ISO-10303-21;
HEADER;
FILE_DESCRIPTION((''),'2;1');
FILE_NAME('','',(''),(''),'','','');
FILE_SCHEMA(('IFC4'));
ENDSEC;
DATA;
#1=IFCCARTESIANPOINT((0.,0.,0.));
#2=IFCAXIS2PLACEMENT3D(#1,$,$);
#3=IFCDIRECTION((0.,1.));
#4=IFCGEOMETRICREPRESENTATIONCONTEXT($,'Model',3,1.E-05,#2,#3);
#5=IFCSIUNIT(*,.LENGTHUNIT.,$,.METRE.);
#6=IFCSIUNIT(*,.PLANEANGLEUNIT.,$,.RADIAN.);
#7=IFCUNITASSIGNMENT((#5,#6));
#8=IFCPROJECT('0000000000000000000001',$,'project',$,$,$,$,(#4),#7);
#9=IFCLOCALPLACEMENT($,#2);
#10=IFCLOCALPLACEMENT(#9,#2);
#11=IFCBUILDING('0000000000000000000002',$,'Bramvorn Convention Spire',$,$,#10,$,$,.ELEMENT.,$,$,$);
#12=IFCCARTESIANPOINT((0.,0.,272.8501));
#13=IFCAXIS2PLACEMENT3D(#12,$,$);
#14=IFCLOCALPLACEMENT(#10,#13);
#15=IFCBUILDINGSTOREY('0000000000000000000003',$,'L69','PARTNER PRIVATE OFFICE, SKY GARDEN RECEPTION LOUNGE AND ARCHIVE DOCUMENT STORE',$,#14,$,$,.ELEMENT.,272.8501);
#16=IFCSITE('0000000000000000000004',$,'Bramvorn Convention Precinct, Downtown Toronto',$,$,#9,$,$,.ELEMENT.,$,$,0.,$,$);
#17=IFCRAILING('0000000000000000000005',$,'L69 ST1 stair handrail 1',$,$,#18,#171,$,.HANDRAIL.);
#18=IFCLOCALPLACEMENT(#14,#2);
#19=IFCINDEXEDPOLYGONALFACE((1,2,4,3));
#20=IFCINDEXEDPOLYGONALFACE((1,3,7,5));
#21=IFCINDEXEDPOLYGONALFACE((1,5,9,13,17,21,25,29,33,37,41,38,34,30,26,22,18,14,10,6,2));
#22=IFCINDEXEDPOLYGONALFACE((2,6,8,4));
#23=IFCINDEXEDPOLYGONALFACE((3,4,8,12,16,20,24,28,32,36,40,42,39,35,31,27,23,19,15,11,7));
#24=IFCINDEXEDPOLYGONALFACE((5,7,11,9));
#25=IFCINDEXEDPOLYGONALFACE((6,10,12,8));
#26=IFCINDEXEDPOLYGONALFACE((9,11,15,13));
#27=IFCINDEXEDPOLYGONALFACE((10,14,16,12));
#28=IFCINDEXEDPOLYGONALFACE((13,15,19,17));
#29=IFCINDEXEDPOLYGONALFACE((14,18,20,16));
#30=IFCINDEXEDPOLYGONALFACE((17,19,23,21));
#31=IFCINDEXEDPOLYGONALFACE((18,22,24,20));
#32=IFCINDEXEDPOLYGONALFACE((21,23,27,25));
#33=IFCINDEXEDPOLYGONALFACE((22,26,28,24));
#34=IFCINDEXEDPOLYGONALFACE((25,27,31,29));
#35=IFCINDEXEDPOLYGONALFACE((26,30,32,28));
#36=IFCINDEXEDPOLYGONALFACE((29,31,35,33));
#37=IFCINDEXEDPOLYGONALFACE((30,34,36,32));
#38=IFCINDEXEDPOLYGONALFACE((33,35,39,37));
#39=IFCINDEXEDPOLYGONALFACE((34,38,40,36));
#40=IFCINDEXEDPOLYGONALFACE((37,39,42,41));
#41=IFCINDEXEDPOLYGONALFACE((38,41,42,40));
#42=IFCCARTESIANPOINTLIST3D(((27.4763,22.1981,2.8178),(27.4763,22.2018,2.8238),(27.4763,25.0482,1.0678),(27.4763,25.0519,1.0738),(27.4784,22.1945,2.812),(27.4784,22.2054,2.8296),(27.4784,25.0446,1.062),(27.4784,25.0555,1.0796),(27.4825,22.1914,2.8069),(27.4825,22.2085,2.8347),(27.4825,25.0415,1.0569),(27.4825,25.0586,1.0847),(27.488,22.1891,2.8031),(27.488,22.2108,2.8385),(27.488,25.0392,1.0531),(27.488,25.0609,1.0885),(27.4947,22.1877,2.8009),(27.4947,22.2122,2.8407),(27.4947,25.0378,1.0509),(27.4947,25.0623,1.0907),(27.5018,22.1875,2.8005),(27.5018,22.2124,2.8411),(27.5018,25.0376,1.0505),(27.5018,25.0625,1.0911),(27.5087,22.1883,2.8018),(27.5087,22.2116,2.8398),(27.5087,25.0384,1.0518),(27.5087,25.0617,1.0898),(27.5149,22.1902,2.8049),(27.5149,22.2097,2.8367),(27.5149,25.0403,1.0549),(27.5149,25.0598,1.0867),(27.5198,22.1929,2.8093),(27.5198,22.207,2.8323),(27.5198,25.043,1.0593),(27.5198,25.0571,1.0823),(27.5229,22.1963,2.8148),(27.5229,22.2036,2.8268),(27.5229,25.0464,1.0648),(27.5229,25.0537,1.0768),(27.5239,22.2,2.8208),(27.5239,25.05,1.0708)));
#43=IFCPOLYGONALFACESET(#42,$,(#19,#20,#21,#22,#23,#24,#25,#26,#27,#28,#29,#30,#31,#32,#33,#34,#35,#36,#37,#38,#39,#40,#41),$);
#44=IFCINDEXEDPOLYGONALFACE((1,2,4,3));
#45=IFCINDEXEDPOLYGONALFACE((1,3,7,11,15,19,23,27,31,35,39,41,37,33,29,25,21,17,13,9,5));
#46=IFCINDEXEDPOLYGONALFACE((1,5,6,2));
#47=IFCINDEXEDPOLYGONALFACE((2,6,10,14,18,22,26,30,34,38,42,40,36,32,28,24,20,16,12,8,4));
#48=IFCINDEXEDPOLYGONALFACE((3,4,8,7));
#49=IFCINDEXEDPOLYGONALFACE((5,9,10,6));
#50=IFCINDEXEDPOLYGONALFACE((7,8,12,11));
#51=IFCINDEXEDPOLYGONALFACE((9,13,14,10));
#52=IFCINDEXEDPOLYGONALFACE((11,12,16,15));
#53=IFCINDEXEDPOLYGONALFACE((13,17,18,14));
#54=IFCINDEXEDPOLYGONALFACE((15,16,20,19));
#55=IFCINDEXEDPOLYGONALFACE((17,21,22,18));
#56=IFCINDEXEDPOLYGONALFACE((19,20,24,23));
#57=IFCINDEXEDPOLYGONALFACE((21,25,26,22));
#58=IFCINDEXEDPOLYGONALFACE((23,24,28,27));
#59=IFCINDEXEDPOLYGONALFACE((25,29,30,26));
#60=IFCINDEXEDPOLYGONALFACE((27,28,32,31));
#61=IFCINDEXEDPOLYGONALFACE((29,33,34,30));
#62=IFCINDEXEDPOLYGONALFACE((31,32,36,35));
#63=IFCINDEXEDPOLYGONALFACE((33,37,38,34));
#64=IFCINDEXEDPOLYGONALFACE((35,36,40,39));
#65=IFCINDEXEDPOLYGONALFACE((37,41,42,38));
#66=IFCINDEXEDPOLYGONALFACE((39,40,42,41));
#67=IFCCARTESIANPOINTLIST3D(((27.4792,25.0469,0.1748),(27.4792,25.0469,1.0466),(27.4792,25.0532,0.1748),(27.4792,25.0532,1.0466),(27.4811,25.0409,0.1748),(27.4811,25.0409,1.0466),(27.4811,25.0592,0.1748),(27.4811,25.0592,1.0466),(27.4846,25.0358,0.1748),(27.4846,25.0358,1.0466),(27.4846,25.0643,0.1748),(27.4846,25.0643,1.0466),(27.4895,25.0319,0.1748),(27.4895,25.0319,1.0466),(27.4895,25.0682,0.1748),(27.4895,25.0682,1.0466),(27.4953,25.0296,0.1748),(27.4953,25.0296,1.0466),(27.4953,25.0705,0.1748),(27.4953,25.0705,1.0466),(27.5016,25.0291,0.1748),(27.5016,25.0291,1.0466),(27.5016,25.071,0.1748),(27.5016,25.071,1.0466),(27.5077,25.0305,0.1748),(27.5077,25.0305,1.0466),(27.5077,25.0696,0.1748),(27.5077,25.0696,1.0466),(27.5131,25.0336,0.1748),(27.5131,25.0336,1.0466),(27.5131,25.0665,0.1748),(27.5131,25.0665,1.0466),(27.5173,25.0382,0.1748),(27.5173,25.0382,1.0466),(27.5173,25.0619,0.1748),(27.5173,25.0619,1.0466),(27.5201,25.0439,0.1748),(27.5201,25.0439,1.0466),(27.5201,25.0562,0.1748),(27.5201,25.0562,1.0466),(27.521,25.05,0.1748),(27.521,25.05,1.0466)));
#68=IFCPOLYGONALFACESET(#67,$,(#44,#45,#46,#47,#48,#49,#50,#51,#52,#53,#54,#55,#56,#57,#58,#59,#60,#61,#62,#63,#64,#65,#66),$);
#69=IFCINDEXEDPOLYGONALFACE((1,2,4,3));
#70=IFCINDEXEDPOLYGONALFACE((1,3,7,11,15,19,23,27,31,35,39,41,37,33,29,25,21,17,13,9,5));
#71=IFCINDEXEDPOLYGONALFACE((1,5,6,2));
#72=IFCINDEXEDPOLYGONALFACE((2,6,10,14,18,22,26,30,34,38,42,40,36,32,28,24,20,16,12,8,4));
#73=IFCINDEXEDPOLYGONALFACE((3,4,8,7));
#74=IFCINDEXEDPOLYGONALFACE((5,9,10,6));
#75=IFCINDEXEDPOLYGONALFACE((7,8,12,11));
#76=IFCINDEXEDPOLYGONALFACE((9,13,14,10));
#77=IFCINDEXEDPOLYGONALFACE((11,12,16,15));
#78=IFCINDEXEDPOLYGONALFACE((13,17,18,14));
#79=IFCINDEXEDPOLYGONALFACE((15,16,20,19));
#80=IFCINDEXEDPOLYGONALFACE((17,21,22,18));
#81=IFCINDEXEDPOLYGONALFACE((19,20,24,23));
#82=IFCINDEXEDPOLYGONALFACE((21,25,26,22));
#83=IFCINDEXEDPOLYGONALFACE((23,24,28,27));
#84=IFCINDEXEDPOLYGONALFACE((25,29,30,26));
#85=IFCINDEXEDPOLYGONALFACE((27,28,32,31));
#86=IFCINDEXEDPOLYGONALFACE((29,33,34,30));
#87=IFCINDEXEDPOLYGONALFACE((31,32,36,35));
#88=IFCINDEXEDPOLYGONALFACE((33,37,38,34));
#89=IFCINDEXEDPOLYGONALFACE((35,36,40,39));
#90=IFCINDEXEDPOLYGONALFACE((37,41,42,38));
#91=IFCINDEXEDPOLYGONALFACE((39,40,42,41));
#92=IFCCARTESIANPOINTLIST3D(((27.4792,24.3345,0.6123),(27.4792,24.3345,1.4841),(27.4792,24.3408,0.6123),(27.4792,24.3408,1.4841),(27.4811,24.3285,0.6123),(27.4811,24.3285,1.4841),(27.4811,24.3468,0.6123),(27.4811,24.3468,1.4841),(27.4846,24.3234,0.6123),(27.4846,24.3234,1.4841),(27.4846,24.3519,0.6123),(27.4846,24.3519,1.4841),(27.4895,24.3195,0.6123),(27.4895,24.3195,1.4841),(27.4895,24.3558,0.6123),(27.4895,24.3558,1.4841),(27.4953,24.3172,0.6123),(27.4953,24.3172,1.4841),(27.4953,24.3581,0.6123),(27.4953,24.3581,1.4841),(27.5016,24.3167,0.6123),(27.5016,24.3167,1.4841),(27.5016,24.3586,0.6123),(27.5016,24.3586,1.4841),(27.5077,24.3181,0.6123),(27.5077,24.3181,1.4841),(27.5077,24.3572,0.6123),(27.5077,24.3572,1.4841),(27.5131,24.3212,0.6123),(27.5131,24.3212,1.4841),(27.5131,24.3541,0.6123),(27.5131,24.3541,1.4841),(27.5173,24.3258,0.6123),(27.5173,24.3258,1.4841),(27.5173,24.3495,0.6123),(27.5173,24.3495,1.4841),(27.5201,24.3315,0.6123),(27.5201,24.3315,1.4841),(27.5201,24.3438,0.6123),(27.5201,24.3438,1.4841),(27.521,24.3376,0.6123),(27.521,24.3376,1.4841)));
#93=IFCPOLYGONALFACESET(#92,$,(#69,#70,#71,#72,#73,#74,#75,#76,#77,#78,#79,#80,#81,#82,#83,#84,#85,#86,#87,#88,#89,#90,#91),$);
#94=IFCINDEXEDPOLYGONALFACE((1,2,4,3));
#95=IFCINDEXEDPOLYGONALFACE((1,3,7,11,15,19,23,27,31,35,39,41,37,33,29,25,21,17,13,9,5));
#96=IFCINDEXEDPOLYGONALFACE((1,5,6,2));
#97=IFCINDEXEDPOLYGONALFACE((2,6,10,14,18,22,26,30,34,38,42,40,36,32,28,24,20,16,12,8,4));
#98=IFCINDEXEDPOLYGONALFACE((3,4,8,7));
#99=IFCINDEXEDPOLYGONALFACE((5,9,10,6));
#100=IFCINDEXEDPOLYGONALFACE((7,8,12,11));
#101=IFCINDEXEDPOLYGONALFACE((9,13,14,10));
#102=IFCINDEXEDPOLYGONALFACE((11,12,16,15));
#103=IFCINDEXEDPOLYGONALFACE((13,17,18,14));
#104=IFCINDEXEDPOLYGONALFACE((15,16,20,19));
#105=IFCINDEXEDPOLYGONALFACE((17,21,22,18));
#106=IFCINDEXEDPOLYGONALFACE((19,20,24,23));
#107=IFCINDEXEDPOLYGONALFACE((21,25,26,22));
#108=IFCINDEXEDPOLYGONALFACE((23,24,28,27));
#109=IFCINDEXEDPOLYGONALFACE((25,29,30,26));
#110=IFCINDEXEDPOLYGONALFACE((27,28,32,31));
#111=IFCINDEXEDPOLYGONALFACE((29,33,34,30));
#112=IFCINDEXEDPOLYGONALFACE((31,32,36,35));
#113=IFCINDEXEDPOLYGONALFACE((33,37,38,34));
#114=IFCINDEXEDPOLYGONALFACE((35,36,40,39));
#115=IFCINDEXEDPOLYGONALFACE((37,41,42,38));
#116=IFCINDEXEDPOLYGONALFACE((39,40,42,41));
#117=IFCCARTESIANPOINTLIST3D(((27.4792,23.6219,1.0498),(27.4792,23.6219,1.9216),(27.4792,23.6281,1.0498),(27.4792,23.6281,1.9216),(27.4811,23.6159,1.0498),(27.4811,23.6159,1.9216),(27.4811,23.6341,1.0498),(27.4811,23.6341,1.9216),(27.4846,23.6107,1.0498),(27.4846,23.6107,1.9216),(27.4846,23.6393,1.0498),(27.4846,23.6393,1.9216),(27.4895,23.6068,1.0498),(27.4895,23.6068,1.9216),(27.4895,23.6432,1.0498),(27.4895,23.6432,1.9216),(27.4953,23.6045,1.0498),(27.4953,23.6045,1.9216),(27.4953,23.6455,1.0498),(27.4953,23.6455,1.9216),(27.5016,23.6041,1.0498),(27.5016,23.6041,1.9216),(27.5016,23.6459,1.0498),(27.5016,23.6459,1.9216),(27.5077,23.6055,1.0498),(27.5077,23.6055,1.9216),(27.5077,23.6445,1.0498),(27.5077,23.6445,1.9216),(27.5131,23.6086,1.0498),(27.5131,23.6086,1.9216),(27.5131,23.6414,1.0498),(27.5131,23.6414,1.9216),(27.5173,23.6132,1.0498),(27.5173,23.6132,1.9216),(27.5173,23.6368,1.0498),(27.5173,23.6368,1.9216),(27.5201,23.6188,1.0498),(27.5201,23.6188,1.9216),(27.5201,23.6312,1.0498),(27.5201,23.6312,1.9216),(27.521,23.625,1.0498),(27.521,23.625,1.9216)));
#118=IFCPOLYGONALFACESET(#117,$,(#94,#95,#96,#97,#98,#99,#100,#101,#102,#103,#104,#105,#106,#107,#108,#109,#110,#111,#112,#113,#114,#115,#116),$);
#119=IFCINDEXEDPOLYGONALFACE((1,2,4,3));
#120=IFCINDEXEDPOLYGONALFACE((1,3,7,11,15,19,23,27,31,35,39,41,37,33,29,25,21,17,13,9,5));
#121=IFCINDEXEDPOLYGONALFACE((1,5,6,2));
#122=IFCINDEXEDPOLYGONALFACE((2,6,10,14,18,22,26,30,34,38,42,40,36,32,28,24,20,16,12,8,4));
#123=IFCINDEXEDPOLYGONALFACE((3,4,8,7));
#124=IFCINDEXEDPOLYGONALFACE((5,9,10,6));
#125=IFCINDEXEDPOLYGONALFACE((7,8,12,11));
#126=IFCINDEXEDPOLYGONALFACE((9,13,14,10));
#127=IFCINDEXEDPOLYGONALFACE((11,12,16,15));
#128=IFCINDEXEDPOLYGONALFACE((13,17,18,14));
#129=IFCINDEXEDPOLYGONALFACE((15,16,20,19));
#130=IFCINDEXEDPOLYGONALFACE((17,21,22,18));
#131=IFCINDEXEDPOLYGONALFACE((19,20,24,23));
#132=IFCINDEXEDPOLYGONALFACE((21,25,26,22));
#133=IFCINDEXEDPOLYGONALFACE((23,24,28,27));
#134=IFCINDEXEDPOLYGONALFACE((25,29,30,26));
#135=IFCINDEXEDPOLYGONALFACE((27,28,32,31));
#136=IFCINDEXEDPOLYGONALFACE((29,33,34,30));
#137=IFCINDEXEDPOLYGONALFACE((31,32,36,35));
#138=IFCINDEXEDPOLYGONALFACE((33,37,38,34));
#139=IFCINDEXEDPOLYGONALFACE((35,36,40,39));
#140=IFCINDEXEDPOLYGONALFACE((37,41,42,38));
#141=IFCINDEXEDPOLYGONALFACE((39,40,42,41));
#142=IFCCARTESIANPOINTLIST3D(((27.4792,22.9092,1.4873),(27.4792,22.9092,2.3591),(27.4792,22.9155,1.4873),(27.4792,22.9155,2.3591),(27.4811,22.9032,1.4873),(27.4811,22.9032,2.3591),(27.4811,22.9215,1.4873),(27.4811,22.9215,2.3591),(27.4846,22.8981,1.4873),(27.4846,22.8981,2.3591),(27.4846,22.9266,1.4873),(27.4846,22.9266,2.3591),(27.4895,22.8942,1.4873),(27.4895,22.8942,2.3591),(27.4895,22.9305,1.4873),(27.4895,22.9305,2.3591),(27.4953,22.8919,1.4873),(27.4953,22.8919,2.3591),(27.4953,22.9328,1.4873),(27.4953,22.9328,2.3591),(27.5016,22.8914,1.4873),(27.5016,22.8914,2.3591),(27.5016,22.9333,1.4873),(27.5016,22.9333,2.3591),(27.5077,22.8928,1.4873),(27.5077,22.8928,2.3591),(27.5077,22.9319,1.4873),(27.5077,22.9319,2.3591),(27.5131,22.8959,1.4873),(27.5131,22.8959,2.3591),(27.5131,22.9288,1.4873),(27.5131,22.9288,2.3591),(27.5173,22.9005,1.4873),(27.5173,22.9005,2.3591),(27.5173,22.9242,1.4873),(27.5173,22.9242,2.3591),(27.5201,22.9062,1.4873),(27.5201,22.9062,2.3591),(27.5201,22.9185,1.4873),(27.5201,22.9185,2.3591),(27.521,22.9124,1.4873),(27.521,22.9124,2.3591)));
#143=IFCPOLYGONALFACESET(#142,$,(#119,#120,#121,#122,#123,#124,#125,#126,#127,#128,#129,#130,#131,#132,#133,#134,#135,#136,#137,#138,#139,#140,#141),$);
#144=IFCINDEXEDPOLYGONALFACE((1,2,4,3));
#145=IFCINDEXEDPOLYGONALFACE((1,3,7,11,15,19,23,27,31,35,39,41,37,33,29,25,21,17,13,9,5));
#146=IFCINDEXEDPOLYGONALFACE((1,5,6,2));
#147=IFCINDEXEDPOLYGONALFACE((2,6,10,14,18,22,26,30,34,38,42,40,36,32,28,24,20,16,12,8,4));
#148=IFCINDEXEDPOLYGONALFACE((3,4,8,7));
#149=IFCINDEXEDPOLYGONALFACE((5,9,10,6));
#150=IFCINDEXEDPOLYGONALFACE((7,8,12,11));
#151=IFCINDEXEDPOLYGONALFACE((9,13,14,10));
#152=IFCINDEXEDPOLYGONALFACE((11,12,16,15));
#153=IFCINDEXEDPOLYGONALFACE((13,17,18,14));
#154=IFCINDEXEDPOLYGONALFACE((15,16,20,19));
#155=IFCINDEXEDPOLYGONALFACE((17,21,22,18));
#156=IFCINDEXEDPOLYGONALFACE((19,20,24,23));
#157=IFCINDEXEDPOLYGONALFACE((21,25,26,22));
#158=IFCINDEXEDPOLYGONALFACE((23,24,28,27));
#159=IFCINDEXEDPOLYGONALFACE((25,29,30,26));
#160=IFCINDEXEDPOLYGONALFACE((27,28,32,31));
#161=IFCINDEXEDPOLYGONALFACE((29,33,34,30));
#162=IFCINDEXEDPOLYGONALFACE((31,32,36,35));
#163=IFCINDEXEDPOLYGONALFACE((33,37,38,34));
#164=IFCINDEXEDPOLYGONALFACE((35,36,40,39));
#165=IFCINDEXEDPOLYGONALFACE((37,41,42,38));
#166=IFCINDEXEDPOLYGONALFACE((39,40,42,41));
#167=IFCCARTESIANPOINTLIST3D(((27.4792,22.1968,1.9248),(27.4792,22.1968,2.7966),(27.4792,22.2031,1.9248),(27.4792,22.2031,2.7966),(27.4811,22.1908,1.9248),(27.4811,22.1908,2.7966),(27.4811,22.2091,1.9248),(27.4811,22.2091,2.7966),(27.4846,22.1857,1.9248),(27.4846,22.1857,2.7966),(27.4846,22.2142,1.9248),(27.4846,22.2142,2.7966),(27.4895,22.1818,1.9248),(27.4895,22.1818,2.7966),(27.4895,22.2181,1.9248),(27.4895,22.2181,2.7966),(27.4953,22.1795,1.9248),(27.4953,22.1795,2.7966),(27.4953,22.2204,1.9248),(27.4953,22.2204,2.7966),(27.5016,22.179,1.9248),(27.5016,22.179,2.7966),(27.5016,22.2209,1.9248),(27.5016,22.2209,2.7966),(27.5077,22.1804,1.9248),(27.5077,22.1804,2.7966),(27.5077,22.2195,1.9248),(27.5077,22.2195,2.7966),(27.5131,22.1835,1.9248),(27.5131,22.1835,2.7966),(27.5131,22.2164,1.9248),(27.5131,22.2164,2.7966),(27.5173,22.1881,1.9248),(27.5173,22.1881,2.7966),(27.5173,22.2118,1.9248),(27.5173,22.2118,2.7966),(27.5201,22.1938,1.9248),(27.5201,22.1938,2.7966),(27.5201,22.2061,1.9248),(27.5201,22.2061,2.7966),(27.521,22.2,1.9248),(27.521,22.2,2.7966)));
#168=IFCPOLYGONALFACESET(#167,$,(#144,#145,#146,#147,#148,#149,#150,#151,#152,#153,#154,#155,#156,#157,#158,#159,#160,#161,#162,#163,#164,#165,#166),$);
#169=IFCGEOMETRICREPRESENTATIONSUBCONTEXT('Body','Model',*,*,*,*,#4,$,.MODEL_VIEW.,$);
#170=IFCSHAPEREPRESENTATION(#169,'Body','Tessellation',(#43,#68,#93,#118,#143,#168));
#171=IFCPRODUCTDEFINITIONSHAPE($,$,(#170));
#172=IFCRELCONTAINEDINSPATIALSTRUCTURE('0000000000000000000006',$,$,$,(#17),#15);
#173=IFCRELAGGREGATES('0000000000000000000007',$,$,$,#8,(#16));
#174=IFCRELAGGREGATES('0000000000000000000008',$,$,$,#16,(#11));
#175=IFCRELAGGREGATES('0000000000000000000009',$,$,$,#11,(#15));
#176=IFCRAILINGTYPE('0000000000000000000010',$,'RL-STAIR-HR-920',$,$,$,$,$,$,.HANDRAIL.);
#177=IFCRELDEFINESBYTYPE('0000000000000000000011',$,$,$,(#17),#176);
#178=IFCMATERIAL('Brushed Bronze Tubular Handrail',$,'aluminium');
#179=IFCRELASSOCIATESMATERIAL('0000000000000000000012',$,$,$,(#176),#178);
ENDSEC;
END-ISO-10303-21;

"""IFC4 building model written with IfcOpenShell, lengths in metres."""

from ifc_helpers import new_model, si_unit, direction, frame, origin, origin_2d, place, context, subcontext, project, spatial, circle, extrude, material, type_object, element, save


model = new_model("IFC4")

# Units and contexts
model_context = context("Model", 3, precision=1e-05, world=origin(), true_north=direction((0.0, 1.0)))
body_context = subcontext(model_context, "Body", "Model", "MODEL_VIEW")
ifc_project = project(units=[si_unit("LENGTHUNIT", "METRE"), si_unit("PLANEANGLEUNIT", "RADIAN")], contexts=[model_context])

# Site, building, storey
site_placement = place(None, origin())
site = spatial("IfcSite", under=ifc_project, at=site_placement, Name="Bramvorn Convention Precinct, Downtown Toronto", CompositionType="ELEMENT", RefElevation=0.0)
building_placement = place(site_placement, origin())
building = spatial("IfcBuilding", under=site, at=building_placement, Name="Bramvorn Convention Spire", CompositionType="ELEMENT")
storey_placement = place(building_placement, frame((0.0, 0.0, 272.8501)))
storey = spatial("IfcBuildingStorey", under=building, at=storey_placement, Name="L69", Description="PARTNER PRIVATE OFFICE, SKY GARDEN RECEPTION LOUNGE AND ARCHIVE DOCUMENT STORE", CompositionType="ELEMENT", Elevation=272.8501)

# Railing
ifc_material_1 = material(Name="Brushed Bronze Tubular Handrail", Category="aluminium")
railing_type_1 = type_object("IfcRailingType", Name="RL-STAIR-HR-920", PredefinedType="HANDRAIL", material=ifc_material_1)
railing_1_placement = place(storey_placement, frame((27.5, 25.05, 0.1748)))
element("IfcRailing", 1, at=railing_1_placement, inside=storey, type_object=railing_type_1, Name="L69 ST1 stair handrail 1", PredefinedType="HANDRAIL", context=body_context, shape_type="SweptSolid", body=[
    extrude(circle(Radius=0.0239, at=origin_2d()), frame((0.0, 0.0, 0.896), z_axis=(0.0, -0.852179, 0.52325), x_axis=(1.0, 0.0, 0.0)), (0.0, 0.0, 1.0), 3.3445),
    extrude(circle(Radius=0.021, at=origin_2d()), origin(), (0.0, 0.0, 1.0), 0.8718),
    extrude(circle(Radius=0.021, at=origin_2d()), frame((0.0, -0.7124, 0.4375)), (0.0, 0.0, 1.0), 0.8718),
    extrude(circle(Radius=0.021, at=origin_2d()), frame((0.0, -1.425, 0.875)), (0.0, 0.0, 1.0), 0.8718),
    extrude(circle(Radius=0.021, at=origin_2d()), frame((0.0, -2.1377, 1.3125)), (0.0, 0.0, 1.0), 0.8718),
    extrude(circle(Radius=0.021, at=origin_2d()), frame((0.0, -2.8501, 1.75)), (0.0, 0.0, 1.0), 0.8718),
])

save(model, "model.ifc")
